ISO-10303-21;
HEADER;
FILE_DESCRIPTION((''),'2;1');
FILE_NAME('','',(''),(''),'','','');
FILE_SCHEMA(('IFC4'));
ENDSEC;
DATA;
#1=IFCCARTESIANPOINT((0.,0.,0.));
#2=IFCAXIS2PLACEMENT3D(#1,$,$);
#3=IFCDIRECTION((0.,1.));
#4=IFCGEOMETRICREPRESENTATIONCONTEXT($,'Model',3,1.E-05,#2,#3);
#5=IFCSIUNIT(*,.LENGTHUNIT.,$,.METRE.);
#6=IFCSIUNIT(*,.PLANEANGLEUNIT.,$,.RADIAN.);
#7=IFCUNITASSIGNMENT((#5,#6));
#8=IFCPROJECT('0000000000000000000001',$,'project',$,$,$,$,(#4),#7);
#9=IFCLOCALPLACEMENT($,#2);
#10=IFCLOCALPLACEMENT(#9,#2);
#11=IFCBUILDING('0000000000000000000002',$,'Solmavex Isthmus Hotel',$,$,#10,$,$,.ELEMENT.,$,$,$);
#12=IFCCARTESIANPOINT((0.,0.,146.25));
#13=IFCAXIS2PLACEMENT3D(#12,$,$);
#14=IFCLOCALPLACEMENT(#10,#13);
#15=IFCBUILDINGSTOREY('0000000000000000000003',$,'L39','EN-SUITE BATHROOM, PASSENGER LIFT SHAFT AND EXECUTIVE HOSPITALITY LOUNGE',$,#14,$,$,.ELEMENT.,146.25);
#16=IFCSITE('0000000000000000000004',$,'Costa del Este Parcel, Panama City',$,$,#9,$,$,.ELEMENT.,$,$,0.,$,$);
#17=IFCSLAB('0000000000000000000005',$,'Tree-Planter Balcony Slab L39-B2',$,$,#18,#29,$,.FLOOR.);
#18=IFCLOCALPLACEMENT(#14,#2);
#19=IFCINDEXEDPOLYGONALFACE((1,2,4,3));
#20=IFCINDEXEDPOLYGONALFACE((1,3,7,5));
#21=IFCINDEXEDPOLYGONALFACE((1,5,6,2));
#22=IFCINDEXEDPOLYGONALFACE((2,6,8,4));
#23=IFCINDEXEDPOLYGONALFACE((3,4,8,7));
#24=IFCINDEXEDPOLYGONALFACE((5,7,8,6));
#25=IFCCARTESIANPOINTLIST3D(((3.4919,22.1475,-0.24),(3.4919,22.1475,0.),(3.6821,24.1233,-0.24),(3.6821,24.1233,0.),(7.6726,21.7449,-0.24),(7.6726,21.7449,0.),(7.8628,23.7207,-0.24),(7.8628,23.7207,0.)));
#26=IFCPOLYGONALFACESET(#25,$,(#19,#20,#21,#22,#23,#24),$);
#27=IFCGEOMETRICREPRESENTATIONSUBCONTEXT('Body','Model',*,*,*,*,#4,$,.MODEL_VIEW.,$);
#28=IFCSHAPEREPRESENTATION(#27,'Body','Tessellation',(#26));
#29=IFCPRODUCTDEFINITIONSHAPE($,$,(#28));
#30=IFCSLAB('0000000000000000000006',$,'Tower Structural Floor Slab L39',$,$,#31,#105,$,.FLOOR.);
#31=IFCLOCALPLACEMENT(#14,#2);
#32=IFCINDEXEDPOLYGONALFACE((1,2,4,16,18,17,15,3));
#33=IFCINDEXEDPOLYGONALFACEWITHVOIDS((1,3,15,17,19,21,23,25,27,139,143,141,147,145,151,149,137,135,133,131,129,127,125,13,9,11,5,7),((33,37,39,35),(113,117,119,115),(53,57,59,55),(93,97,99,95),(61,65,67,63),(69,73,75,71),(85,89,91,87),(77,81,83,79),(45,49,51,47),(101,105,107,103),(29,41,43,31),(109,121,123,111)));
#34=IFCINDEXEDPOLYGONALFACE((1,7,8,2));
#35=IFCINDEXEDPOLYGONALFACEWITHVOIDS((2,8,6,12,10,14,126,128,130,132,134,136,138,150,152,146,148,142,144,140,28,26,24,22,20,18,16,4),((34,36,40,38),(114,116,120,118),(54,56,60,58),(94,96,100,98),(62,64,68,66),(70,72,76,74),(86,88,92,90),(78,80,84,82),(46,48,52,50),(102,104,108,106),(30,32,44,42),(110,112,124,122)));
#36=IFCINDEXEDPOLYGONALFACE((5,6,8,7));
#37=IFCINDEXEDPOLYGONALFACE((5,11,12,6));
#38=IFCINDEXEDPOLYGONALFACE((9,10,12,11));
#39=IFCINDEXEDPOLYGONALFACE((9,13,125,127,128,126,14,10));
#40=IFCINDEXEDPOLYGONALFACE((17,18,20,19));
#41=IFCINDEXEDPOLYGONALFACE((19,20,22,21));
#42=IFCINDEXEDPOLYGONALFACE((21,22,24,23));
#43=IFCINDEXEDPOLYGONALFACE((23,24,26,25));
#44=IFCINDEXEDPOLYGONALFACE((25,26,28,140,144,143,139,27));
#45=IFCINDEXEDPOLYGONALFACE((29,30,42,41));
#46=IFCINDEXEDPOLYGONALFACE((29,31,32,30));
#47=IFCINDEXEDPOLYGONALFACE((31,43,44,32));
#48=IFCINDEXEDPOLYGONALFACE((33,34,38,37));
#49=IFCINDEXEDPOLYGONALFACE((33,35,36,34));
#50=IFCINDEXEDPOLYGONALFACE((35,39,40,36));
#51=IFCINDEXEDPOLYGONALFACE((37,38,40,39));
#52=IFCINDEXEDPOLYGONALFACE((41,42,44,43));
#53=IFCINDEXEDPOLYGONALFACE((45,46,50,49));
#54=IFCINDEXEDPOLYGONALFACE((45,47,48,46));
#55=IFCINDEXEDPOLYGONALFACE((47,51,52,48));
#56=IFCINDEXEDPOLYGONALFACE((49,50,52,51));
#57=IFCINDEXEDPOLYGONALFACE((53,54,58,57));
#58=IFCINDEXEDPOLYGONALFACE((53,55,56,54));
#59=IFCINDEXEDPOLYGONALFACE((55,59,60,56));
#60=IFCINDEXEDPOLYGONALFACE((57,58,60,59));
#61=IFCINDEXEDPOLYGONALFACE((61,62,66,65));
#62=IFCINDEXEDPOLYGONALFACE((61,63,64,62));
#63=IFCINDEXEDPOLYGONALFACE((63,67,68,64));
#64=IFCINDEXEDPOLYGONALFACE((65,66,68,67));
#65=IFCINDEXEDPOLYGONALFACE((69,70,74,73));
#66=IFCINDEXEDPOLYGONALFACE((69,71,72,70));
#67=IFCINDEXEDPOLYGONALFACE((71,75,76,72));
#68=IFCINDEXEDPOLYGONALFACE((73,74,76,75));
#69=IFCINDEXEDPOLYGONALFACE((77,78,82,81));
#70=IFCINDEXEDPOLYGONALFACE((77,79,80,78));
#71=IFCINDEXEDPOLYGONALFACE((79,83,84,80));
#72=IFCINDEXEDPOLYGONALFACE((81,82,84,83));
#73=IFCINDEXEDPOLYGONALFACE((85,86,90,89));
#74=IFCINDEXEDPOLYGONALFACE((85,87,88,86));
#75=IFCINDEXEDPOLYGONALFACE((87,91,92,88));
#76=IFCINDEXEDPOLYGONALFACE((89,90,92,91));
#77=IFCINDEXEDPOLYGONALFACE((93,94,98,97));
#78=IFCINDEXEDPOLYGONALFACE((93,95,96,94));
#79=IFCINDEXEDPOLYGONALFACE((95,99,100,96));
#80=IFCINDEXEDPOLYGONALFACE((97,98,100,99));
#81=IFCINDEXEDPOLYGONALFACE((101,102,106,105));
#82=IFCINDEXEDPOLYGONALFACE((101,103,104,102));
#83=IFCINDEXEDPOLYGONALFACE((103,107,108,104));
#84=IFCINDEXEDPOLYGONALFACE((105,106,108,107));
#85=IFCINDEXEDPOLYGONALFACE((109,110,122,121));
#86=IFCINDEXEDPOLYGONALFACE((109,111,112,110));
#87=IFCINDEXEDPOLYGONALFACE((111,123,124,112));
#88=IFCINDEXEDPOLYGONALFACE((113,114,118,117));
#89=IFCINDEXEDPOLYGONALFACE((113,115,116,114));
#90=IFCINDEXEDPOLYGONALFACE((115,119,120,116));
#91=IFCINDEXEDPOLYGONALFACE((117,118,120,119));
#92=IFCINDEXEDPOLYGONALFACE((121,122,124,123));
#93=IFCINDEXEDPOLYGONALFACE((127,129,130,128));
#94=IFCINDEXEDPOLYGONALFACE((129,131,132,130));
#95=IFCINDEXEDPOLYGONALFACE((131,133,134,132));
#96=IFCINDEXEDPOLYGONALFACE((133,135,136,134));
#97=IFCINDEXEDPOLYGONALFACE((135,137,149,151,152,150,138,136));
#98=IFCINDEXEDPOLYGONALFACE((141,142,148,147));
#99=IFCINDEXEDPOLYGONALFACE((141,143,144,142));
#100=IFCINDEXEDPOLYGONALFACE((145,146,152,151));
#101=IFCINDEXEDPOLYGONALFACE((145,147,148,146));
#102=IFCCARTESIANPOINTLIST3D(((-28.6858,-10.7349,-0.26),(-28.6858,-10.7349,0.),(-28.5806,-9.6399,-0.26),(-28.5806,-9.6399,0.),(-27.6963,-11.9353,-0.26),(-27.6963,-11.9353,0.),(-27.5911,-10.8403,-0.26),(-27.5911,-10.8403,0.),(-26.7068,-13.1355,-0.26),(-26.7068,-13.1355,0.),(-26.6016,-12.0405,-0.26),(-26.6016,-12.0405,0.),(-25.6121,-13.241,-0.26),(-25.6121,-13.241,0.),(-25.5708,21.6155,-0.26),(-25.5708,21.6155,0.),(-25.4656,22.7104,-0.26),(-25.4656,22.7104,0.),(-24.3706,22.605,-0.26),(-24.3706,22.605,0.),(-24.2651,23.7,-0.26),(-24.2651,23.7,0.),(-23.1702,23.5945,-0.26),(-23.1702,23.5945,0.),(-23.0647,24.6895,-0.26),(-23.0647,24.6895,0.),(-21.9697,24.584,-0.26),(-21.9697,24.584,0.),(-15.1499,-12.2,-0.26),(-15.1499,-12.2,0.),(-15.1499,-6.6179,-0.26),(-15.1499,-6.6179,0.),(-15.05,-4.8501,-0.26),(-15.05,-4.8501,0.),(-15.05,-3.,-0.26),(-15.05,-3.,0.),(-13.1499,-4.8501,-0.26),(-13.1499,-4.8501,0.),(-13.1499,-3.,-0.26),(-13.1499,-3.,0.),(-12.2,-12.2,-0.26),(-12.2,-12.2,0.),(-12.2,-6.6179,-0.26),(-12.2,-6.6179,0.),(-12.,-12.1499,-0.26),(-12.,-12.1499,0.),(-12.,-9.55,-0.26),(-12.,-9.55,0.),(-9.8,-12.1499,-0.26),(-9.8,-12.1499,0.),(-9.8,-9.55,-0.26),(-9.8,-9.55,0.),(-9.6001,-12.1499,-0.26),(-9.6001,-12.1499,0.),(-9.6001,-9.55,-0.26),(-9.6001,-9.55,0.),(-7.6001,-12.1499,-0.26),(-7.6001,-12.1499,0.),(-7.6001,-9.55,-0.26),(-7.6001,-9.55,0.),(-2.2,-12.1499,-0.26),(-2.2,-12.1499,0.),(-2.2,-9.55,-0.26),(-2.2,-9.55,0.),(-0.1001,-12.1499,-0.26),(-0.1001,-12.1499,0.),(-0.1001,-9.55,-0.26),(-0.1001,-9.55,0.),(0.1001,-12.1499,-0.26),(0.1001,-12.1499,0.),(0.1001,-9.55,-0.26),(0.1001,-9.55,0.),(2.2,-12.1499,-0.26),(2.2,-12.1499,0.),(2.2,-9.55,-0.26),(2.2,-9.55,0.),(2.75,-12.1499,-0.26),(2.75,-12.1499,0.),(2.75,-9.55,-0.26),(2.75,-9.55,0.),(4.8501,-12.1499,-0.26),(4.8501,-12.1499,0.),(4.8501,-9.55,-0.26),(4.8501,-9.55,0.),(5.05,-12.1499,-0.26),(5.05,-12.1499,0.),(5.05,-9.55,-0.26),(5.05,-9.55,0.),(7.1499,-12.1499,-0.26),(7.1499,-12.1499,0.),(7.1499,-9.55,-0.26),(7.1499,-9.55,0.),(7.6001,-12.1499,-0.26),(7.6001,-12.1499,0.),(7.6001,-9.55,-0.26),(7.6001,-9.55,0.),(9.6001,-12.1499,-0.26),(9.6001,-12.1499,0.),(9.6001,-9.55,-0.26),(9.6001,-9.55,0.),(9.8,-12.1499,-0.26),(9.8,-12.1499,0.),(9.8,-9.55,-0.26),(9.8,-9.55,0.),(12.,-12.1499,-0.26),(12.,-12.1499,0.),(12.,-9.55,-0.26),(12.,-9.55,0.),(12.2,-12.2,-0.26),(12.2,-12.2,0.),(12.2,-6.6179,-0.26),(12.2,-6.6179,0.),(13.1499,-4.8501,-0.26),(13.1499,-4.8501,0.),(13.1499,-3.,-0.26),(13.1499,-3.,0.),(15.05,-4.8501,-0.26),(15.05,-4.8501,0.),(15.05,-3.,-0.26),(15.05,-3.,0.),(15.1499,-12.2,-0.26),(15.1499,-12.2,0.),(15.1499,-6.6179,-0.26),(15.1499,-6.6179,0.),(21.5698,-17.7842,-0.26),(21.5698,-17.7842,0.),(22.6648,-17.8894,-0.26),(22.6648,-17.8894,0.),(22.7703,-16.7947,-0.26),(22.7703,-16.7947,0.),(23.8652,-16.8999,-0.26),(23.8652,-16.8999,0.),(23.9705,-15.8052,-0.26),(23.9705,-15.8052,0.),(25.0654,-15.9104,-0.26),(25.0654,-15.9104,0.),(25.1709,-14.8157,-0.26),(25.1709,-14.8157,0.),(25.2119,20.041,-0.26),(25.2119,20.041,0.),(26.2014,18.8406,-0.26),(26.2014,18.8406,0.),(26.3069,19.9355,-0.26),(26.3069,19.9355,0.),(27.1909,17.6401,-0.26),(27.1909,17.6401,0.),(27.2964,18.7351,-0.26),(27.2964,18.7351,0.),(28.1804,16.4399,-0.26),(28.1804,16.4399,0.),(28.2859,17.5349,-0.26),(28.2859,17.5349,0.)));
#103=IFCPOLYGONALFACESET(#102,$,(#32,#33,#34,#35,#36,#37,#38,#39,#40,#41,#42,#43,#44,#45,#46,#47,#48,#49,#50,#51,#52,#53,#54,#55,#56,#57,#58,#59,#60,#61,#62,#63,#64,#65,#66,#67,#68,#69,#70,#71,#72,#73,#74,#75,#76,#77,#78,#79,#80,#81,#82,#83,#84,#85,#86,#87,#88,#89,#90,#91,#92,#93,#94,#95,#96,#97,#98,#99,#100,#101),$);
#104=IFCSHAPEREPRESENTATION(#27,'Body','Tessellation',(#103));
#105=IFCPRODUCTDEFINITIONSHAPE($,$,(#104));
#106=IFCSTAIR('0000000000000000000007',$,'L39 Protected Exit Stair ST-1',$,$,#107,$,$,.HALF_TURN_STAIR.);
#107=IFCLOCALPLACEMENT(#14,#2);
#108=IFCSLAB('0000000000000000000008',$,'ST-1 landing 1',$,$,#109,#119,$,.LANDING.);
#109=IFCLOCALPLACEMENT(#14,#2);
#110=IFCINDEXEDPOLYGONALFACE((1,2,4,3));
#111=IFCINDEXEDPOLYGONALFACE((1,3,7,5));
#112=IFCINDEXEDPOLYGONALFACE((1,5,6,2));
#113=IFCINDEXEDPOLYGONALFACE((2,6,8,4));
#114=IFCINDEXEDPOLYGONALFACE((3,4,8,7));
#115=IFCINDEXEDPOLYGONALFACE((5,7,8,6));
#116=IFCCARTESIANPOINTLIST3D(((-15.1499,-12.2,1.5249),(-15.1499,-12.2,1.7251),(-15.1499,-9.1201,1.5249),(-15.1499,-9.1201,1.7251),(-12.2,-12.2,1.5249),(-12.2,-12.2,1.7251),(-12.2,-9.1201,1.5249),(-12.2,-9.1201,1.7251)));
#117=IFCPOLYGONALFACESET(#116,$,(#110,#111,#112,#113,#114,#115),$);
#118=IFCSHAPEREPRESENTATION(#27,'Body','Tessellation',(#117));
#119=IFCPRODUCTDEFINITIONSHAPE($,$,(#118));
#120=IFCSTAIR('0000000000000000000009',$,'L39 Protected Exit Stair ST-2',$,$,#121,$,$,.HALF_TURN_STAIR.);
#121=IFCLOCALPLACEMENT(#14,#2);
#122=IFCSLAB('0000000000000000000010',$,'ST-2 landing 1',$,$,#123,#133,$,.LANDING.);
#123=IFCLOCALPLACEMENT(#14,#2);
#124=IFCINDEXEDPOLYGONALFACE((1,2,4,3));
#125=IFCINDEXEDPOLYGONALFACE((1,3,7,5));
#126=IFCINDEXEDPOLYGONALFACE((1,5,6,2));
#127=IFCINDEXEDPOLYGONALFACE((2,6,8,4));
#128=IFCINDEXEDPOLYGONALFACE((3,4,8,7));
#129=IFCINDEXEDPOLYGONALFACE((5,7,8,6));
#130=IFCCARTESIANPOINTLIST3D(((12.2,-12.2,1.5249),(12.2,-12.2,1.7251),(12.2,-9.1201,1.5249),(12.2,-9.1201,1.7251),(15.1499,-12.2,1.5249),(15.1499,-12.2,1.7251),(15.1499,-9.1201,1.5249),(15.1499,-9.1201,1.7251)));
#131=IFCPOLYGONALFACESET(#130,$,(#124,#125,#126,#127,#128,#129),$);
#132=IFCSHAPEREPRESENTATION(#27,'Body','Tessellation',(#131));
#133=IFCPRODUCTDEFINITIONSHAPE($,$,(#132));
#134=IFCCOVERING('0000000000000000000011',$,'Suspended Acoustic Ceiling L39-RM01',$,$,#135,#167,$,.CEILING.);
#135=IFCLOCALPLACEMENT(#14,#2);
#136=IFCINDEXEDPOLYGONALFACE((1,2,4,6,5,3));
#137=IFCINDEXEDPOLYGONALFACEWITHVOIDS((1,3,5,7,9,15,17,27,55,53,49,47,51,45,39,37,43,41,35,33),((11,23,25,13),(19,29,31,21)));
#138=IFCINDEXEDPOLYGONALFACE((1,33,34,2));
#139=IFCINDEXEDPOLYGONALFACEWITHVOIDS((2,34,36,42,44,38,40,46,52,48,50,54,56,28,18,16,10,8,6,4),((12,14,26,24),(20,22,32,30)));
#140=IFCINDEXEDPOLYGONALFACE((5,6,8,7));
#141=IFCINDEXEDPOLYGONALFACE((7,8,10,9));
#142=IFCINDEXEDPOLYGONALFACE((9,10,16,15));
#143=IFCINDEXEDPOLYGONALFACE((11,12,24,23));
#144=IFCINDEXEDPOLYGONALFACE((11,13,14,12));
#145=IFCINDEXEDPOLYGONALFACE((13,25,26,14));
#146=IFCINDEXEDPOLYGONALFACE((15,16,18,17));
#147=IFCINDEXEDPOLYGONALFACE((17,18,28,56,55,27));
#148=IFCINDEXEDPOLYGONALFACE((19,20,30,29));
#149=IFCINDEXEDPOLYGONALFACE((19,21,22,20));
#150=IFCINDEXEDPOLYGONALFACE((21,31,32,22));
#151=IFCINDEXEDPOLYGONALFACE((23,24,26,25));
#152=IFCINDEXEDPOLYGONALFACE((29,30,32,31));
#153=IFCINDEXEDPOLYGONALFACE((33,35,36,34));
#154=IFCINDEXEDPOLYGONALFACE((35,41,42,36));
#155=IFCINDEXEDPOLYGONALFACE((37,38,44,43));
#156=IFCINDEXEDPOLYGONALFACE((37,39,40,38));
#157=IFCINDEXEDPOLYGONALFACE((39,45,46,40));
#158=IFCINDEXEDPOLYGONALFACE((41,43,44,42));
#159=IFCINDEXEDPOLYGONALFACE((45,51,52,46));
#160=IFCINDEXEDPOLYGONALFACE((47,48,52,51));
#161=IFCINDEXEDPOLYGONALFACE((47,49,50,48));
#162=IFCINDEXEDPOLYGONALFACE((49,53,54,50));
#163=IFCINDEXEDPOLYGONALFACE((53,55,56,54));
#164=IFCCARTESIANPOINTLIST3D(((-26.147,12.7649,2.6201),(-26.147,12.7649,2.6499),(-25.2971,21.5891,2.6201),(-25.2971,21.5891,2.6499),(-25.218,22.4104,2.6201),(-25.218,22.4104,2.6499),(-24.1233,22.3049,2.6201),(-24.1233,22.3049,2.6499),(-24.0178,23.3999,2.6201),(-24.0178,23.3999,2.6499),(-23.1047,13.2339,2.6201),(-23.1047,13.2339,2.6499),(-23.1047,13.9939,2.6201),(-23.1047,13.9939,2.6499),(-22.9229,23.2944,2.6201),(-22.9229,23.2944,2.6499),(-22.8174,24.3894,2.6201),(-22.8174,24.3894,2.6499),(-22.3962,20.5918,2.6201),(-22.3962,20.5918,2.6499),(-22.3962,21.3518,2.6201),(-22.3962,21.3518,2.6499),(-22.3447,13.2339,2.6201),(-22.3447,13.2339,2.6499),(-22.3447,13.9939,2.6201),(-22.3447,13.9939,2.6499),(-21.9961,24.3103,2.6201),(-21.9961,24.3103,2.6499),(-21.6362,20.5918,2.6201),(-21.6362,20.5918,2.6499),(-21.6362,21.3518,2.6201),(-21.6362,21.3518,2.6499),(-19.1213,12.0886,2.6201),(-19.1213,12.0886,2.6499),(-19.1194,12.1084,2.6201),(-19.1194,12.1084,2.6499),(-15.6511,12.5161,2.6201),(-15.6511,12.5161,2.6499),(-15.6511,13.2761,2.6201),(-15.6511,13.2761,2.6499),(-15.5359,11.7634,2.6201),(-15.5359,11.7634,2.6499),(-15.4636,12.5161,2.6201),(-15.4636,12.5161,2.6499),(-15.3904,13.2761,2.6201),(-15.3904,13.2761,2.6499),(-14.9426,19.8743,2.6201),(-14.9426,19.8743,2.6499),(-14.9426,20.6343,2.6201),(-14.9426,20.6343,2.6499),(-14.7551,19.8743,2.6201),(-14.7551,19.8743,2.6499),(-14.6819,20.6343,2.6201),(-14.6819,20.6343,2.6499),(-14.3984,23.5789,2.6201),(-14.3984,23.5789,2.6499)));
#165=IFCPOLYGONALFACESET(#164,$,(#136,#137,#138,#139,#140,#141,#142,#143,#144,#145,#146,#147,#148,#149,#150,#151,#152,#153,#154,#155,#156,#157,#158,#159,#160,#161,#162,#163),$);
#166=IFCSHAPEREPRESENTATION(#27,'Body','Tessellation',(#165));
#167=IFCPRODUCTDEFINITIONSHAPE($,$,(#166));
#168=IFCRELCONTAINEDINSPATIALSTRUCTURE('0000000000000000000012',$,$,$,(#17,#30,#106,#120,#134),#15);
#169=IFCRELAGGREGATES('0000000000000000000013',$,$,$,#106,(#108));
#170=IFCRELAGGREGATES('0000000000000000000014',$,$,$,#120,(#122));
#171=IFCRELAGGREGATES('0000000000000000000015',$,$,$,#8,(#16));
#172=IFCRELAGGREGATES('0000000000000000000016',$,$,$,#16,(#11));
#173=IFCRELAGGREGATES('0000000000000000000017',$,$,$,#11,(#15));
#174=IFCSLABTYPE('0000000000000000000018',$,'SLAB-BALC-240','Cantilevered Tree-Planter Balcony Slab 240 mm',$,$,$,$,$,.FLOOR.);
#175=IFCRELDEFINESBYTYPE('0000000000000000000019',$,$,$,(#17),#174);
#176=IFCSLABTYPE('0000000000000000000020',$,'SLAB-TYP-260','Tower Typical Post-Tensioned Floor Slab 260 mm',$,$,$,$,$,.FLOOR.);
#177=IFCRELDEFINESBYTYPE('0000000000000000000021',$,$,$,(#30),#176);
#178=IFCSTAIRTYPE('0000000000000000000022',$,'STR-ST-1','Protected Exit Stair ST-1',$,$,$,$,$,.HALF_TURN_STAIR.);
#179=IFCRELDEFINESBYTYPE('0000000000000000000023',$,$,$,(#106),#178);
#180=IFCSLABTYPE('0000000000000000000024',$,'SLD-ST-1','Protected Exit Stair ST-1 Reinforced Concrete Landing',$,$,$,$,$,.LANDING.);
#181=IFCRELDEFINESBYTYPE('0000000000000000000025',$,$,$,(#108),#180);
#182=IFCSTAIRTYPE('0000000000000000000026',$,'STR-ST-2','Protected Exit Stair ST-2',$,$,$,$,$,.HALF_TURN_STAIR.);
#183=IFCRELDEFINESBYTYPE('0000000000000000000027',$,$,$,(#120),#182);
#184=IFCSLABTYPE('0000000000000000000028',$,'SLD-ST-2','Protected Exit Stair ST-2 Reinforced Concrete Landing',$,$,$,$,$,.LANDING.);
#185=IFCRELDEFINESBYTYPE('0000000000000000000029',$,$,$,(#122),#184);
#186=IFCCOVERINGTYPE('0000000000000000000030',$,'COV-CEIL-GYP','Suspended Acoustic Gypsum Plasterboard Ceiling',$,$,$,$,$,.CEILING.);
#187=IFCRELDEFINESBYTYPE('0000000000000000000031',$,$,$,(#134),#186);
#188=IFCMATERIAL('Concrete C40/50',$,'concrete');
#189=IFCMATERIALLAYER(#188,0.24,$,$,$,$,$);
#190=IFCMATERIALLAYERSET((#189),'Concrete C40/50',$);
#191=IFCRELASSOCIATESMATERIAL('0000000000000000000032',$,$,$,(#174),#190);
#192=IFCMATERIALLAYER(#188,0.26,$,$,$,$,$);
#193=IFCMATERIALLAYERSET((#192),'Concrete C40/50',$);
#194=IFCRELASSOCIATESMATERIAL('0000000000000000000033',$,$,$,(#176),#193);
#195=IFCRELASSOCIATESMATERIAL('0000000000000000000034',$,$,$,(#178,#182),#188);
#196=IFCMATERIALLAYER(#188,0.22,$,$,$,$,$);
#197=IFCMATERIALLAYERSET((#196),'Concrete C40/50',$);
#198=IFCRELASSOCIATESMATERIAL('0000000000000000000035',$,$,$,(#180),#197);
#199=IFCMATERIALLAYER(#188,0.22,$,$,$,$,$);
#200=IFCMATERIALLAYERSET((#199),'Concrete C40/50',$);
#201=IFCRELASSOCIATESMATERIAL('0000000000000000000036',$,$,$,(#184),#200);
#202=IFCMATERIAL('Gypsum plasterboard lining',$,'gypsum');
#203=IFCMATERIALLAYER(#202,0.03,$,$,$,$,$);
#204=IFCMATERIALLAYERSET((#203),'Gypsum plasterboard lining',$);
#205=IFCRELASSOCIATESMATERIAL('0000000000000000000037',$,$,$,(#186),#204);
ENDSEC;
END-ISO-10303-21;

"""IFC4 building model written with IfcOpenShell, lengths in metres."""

from ifc_helpers import new_model, si_unit, direction, frame, origin, place, context, subcontext, project, spatial, polyline, outline, extrude, material, layer, layer_set, type_object, element, aggregate, save


model = new_model("IFC4")

# Units and contexts
model_context = context("Model", 3, precision=1e-05, world=origin(), true_north=direction((0.0, 1.0)))
body_context = subcontext(model_context, "Body", "Model", "MODEL_VIEW")
ifc_project = project(units=[si_unit("LENGTHUNIT", "METRE"), si_unit("PLANEANGLEUNIT", "RADIAN")], contexts=[model_context])

# Site, building, storey
site_placement = place(None, origin())
site = spatial("IfcSite", under=ifc_project, at=site_placement, Name="Costa del Este Parcel, Panama City", CompositionType="ELEMENT", RefElevation=0.0)
building_placement = place(site_placement, origin())
building = spatial("IfcBuilding", under=site, at=building_placement, Name="Solmavex Isthmus Hotel", CompositionType="ELEMENT")
storey_placement = place(building_placement, frame((0.0, 0.0, 146.25)))
storey = spatial("IfcBuildingStorey", under=building, at=storey_placement, Name="L39", Description="EN-SUITE BATHROOM, PASSENGER LIFT SHAFT AND EXECUTIVE HOSPITALITY LOUNGE", CompositionType="ELEMENT", Elevation=146.25)

# Slabs
ifc_material_1 = material(Name="Concrete C40/50", Category="concrete")
ifc_layer_1 = layer(ifc_material_1, 0.24)
ifc_layer_set_1 = layer_set([ifc_layer_1], Name="Concrete C40/50")
slab_type_1 = type_object("IfcSlabType", Name="SLAB-BALC-240", Description="Cantilevered Tree-Planter Balcony Slab 240 mm", PredefinedType="FLOOR", material=ifc_layer_set_1)
slab_1_placement = place(storey_placement, frame((0.0, 0.0, -0.24)))
element("IfcSlab", 1, at=slab_1_placement, inside=storey, type_object=slab_type_1, Name="Tree-Planter Balcony Slab L39-B2", PredefinedType="FLOOR", context=body_context, shape_type="SweptSolid", body=[
    extrude(outline(polyline([(3.4919, 22.1475), (7.6726, 21.7449), (7.8628, 23.7207), (3.6821, 24.1233), (3.4919, 22.1475)])), origin(), (0.0, 0.0, 1.0), 0.24),
])
ifc_layer_2 = layer(ifc_material_1, 0.26)
ifc_layer_set_2 = layer_set([ifc_layer_2], Name="Concrete C40/50")
slab_type_2 = type_object("IfcSlabType", Name="SLAB-TYP-260", Description="Tower Typical Post-Tensioned Floor Slab 260 mm", PredefinedType="FLOOR", material=ifc_layer_set_2)
slab_2_placement = place(storey_placement, frame((0.0, 0.0, -0.26)))
element("IfcSlab", 2, at=slab_2_placement, inside=storey, type_object=slab_type_2, Name="Tower Structural Floor Slab L39", PredefinedType="FLOOR", context=body_context, shape_type="SweptSolid", body=[
    extrude(outline(polyline([(-25.6121, -13.241), (21.5698, -17.7842), (22.6648, -17.8894), (22.7703, -16.7947), (23.8652, -16.8999), (23.9705, -15.8052), (25.0654, -15.9104), (25.1709, -14.8157), (28.1804, 16.4399), (28.2859, 17.5349), (27.1909, 17.6401), (27.2964, 18.7351), (26.2014, 18.8406), (26.3069, 19.9355), (25.2119, 20.041), (-21.9697, 24.584), (-23.0647, 24.6895), (-23.1702, 23.5945), (-24.2651, 23.7), (-24.3706, 22.605), (-25.4656, 22.7104), (-25.5708, 21.6155), (-28.5806, -9.6399), (-28.6858, -10.7349), (-27.5911, -10.8403), (-27.6963, -11.9353), (-26.6016, -12.0405), (-26.7068, -13.1355), (-25.6121, -13.241)]), holes=[polyline([(-15.1499, -6.6179), (-15.1499, -12.2), (-12.2, -12.2), (-12.2, -6.6179), (-15.1499, -6.6179)]), polyline([(12.2, -6.6179), (12.2, -12.2), (15.1499, -12.2), (15.1499, -6.6179), (12.2, -6.6179)]), polyline([(-12.0, -12.1499), (-9.8, -12.1499), (-9.8, -9.55), (-12.0, -9.55), (-12.0, -12.1499)]), polyline([(9.8, -12.1499), (12.0, -12.1499), (12.0, -9.55), (9.8, -9.55), (9.8, -12.1499)]), polyline([(-9.6001, -12.1499), (-7.6001, -12.1499), (-7.6001, -9.55), (-9.6001, -9.55), (-9.6001, -12.1499)]), polyline([(7.6001, -12.1499), (9.6001, -12.1499), (9.6001, -9.55), (7.6001, -9.55), (7.6001, -12.1499)]), polyline([(-2.2, -12.1499), (-0.1001, -12.1499), (-0.1001, -9.55), (-2.2, -9.55), (-2.2, -12.1499)]), polyline([(0.1001, -12.1499), (2.2, -12.1499), (2.2, -9.55), (0.1001, -9.55), (0.1001, -12.1499)]), polyline([(2.75, -12.1499), (4.8501, -12.1499), (4.8501, -9.55), (2.75, -9.55), (2.75, -12.1499)]), polyline([(5.05, -12.1499), (7.1499, -12.1499), (7.1499, -9.55), (5.05, -9.55), (5.05, -12.1499)]), polyline([(-15.05, -4.8501), (-13.1499, -4.8501), (-13.1499, -3.0), (-15.05, -3.0), (-15.05, -4.8501)]), polyline([(13.1499, -4.8501), (15.05, -4.8501), (15.05, -3.0), (13.1499, -3.0), (13.1499, -4.8501)])]), origin(), (0.0, 0.0, 1.0), 0.26),
])

# Stairs, slabs
stair_type_1 = type_object("IfcStairType", Name="STR-ST-1", Description="Protected Exit Stair ST-1", PredefinedType="HALF_TURN_STAIR", material=ifc_material_1)
stair_1_placement = place(storey_placement, origin())
stair_1 = element("IfcStair", 3, at=stair_1_placement, inside=storey, type_object=stair_type_1, Name="L39 Protected Exit Stair ST-1", PredefinedType="HALF_TURN_STAIR")
ifc_layer_3 = layer(ifc_material_1, 0.22)
ifc_layer_set_3 = layer_set([ifc_layer_3], Name="Concrete C40/50")
slab_type_3 = type_object("IfcSlabType", Name="SLD-ST-1", Description="Protected Exit Stair ST-1 Reinforced Concrete Landing", PredefinedType="LANDING", material=ifc_layer_set_3)
slab_3_placement = place(storey_placement, frame((0.0, 0.0, 1.5249)))
slab_3 = element("IfcSlab", 4, at=slab_3_placement, type_object=slab_type_3, Name="ST-1 landing 1", PredefinedType="LANDING", context=body_context, shape_type="SweptSolid", body=[
    extrude(outline(polyline([(-15.1499, -9.1201), (-15.1499, -12.2), (-12.2, -12.2), (-12.2, -9.1201), (-15.1499, -9.1201)])), origin(), (0.0, 0.0, 1.0), 0.2002),
])
aggregate(stair_1, [slab_3])
stair_type_2 = type_object("IfcStairType", Name="STR-ST-2", Description="Protected Exit Stair ST-2", PredefinedType="HALF_TURN_STAIR", material=ifc_material_1)
stair_2_placement = place(storey_placement, origin())
stair_2 = element("IfcStair", 5, at=stair_2_placement, inside=storey, type_object=stair_type_2, Name="L39 Protected Exit Stair ST-2", PredefinedType="HALF_TURN_STAIR")
ifc_layer_4 = layer(ifc_material_1, 0.22)
ifc_layer_set_4 = layer_set([ifc_layer_4], Name="Concrete C40/50")
slab_type_4 = type_object("IfcSlabType", Name="SLD-ST-2", Description="Protected Exit Stair ST-2 Reinforced Concrete Landing", PredefinedType="LANDING", material=ifc_layer_set_4)
slab_4_placement = place(storey_placement, frame((0.0, 0.0, 1.5249)))
slab_4 = element("IfcSlab", 6, at=slab_4_placement, type_object=slab_type_4, Name="ST-2 landing 1", PredefinedType="LANDING", context=body_context, shape_type="SweptSolid", body=[
    extrude(outline(polyline([(12.2, -9.1201), (12.2, -12.2), (15.1499, -12.2), (15.1499, -9.1201), (12.2, -9.1201)])), origin(), (0.0, 0.0, 1.0), 0.2002),
])
aggregate(stair_2, [slab_4])

# Covering
ifc_material_2 = material(Name="Gypsum plasterboard lining", Category="gypsum")
ifc_layer_5 = layer(ifc_material_2, 0.03)
ifc_layer_set_5 = layer_set([ifc_layer_5], Name="Gypsum plasterboard lining")
covering_type_1 = type_object("IfcCoveringType", Name="COV-CEIL-GYP", Description="Suspended Acoustic Gypsum Plasterboard Ceiling", PredefinedType="CEILING", material=ifc_layer_set_5)
covering_1_placement = place(storey_placement, frame((0.0, 0.0, 2.6201)))
element("IfcCovering", 7, at=covering_1_placement, inside=storey, type_object=covering_type_1, Name="Suspended Acoustic Ceiling L39-RM01", PredefinedType="CEILING", context=body_context, shape_type="SweptSolid", body=[
    extrude(outline(polyline([(-19.1213, 12.0886), (-19.1194, 12.1084), (-15.5359, 11.7634), (-15.4636, 12.5161), (-15.6511, 12.5161), (-15.6511, 13.2761), (-15.3904, 13.2761), (-14.7551, 19.8743), (-14.9426, 19.8743), (-14.9426, 20.6343), (-14.6819, 20.6343), (-14.3984, 23.5789), (-21.9961, 24.3103), (-22.8174, 24.3894), (-22.9229, 23.2944), (-24.0178, 23.3999), (-24.1233, 22.3049), (-25.218, 22.4104), (-25.2971, 21.5891), (-26.147, 12.7649), (-19.1213, 12.0886)]), holes=[polyline([(-22.3962, 20.5918), (-22.3962, 21.3518), (-21.6362, 21.3518), (-21.6362, 20.5918), (-22.3962, 20.5918)]), polyline([(-23.1047, 13.2339), (-23.1047, 13.9939), (-22.3447, 13.9939), (-22.3447, 13.2339), (-23.1047, 13.2339)])]), origin(), (0.0, 0.0, 1.0), 0.0298),
])

save(model, "model.ifc")
